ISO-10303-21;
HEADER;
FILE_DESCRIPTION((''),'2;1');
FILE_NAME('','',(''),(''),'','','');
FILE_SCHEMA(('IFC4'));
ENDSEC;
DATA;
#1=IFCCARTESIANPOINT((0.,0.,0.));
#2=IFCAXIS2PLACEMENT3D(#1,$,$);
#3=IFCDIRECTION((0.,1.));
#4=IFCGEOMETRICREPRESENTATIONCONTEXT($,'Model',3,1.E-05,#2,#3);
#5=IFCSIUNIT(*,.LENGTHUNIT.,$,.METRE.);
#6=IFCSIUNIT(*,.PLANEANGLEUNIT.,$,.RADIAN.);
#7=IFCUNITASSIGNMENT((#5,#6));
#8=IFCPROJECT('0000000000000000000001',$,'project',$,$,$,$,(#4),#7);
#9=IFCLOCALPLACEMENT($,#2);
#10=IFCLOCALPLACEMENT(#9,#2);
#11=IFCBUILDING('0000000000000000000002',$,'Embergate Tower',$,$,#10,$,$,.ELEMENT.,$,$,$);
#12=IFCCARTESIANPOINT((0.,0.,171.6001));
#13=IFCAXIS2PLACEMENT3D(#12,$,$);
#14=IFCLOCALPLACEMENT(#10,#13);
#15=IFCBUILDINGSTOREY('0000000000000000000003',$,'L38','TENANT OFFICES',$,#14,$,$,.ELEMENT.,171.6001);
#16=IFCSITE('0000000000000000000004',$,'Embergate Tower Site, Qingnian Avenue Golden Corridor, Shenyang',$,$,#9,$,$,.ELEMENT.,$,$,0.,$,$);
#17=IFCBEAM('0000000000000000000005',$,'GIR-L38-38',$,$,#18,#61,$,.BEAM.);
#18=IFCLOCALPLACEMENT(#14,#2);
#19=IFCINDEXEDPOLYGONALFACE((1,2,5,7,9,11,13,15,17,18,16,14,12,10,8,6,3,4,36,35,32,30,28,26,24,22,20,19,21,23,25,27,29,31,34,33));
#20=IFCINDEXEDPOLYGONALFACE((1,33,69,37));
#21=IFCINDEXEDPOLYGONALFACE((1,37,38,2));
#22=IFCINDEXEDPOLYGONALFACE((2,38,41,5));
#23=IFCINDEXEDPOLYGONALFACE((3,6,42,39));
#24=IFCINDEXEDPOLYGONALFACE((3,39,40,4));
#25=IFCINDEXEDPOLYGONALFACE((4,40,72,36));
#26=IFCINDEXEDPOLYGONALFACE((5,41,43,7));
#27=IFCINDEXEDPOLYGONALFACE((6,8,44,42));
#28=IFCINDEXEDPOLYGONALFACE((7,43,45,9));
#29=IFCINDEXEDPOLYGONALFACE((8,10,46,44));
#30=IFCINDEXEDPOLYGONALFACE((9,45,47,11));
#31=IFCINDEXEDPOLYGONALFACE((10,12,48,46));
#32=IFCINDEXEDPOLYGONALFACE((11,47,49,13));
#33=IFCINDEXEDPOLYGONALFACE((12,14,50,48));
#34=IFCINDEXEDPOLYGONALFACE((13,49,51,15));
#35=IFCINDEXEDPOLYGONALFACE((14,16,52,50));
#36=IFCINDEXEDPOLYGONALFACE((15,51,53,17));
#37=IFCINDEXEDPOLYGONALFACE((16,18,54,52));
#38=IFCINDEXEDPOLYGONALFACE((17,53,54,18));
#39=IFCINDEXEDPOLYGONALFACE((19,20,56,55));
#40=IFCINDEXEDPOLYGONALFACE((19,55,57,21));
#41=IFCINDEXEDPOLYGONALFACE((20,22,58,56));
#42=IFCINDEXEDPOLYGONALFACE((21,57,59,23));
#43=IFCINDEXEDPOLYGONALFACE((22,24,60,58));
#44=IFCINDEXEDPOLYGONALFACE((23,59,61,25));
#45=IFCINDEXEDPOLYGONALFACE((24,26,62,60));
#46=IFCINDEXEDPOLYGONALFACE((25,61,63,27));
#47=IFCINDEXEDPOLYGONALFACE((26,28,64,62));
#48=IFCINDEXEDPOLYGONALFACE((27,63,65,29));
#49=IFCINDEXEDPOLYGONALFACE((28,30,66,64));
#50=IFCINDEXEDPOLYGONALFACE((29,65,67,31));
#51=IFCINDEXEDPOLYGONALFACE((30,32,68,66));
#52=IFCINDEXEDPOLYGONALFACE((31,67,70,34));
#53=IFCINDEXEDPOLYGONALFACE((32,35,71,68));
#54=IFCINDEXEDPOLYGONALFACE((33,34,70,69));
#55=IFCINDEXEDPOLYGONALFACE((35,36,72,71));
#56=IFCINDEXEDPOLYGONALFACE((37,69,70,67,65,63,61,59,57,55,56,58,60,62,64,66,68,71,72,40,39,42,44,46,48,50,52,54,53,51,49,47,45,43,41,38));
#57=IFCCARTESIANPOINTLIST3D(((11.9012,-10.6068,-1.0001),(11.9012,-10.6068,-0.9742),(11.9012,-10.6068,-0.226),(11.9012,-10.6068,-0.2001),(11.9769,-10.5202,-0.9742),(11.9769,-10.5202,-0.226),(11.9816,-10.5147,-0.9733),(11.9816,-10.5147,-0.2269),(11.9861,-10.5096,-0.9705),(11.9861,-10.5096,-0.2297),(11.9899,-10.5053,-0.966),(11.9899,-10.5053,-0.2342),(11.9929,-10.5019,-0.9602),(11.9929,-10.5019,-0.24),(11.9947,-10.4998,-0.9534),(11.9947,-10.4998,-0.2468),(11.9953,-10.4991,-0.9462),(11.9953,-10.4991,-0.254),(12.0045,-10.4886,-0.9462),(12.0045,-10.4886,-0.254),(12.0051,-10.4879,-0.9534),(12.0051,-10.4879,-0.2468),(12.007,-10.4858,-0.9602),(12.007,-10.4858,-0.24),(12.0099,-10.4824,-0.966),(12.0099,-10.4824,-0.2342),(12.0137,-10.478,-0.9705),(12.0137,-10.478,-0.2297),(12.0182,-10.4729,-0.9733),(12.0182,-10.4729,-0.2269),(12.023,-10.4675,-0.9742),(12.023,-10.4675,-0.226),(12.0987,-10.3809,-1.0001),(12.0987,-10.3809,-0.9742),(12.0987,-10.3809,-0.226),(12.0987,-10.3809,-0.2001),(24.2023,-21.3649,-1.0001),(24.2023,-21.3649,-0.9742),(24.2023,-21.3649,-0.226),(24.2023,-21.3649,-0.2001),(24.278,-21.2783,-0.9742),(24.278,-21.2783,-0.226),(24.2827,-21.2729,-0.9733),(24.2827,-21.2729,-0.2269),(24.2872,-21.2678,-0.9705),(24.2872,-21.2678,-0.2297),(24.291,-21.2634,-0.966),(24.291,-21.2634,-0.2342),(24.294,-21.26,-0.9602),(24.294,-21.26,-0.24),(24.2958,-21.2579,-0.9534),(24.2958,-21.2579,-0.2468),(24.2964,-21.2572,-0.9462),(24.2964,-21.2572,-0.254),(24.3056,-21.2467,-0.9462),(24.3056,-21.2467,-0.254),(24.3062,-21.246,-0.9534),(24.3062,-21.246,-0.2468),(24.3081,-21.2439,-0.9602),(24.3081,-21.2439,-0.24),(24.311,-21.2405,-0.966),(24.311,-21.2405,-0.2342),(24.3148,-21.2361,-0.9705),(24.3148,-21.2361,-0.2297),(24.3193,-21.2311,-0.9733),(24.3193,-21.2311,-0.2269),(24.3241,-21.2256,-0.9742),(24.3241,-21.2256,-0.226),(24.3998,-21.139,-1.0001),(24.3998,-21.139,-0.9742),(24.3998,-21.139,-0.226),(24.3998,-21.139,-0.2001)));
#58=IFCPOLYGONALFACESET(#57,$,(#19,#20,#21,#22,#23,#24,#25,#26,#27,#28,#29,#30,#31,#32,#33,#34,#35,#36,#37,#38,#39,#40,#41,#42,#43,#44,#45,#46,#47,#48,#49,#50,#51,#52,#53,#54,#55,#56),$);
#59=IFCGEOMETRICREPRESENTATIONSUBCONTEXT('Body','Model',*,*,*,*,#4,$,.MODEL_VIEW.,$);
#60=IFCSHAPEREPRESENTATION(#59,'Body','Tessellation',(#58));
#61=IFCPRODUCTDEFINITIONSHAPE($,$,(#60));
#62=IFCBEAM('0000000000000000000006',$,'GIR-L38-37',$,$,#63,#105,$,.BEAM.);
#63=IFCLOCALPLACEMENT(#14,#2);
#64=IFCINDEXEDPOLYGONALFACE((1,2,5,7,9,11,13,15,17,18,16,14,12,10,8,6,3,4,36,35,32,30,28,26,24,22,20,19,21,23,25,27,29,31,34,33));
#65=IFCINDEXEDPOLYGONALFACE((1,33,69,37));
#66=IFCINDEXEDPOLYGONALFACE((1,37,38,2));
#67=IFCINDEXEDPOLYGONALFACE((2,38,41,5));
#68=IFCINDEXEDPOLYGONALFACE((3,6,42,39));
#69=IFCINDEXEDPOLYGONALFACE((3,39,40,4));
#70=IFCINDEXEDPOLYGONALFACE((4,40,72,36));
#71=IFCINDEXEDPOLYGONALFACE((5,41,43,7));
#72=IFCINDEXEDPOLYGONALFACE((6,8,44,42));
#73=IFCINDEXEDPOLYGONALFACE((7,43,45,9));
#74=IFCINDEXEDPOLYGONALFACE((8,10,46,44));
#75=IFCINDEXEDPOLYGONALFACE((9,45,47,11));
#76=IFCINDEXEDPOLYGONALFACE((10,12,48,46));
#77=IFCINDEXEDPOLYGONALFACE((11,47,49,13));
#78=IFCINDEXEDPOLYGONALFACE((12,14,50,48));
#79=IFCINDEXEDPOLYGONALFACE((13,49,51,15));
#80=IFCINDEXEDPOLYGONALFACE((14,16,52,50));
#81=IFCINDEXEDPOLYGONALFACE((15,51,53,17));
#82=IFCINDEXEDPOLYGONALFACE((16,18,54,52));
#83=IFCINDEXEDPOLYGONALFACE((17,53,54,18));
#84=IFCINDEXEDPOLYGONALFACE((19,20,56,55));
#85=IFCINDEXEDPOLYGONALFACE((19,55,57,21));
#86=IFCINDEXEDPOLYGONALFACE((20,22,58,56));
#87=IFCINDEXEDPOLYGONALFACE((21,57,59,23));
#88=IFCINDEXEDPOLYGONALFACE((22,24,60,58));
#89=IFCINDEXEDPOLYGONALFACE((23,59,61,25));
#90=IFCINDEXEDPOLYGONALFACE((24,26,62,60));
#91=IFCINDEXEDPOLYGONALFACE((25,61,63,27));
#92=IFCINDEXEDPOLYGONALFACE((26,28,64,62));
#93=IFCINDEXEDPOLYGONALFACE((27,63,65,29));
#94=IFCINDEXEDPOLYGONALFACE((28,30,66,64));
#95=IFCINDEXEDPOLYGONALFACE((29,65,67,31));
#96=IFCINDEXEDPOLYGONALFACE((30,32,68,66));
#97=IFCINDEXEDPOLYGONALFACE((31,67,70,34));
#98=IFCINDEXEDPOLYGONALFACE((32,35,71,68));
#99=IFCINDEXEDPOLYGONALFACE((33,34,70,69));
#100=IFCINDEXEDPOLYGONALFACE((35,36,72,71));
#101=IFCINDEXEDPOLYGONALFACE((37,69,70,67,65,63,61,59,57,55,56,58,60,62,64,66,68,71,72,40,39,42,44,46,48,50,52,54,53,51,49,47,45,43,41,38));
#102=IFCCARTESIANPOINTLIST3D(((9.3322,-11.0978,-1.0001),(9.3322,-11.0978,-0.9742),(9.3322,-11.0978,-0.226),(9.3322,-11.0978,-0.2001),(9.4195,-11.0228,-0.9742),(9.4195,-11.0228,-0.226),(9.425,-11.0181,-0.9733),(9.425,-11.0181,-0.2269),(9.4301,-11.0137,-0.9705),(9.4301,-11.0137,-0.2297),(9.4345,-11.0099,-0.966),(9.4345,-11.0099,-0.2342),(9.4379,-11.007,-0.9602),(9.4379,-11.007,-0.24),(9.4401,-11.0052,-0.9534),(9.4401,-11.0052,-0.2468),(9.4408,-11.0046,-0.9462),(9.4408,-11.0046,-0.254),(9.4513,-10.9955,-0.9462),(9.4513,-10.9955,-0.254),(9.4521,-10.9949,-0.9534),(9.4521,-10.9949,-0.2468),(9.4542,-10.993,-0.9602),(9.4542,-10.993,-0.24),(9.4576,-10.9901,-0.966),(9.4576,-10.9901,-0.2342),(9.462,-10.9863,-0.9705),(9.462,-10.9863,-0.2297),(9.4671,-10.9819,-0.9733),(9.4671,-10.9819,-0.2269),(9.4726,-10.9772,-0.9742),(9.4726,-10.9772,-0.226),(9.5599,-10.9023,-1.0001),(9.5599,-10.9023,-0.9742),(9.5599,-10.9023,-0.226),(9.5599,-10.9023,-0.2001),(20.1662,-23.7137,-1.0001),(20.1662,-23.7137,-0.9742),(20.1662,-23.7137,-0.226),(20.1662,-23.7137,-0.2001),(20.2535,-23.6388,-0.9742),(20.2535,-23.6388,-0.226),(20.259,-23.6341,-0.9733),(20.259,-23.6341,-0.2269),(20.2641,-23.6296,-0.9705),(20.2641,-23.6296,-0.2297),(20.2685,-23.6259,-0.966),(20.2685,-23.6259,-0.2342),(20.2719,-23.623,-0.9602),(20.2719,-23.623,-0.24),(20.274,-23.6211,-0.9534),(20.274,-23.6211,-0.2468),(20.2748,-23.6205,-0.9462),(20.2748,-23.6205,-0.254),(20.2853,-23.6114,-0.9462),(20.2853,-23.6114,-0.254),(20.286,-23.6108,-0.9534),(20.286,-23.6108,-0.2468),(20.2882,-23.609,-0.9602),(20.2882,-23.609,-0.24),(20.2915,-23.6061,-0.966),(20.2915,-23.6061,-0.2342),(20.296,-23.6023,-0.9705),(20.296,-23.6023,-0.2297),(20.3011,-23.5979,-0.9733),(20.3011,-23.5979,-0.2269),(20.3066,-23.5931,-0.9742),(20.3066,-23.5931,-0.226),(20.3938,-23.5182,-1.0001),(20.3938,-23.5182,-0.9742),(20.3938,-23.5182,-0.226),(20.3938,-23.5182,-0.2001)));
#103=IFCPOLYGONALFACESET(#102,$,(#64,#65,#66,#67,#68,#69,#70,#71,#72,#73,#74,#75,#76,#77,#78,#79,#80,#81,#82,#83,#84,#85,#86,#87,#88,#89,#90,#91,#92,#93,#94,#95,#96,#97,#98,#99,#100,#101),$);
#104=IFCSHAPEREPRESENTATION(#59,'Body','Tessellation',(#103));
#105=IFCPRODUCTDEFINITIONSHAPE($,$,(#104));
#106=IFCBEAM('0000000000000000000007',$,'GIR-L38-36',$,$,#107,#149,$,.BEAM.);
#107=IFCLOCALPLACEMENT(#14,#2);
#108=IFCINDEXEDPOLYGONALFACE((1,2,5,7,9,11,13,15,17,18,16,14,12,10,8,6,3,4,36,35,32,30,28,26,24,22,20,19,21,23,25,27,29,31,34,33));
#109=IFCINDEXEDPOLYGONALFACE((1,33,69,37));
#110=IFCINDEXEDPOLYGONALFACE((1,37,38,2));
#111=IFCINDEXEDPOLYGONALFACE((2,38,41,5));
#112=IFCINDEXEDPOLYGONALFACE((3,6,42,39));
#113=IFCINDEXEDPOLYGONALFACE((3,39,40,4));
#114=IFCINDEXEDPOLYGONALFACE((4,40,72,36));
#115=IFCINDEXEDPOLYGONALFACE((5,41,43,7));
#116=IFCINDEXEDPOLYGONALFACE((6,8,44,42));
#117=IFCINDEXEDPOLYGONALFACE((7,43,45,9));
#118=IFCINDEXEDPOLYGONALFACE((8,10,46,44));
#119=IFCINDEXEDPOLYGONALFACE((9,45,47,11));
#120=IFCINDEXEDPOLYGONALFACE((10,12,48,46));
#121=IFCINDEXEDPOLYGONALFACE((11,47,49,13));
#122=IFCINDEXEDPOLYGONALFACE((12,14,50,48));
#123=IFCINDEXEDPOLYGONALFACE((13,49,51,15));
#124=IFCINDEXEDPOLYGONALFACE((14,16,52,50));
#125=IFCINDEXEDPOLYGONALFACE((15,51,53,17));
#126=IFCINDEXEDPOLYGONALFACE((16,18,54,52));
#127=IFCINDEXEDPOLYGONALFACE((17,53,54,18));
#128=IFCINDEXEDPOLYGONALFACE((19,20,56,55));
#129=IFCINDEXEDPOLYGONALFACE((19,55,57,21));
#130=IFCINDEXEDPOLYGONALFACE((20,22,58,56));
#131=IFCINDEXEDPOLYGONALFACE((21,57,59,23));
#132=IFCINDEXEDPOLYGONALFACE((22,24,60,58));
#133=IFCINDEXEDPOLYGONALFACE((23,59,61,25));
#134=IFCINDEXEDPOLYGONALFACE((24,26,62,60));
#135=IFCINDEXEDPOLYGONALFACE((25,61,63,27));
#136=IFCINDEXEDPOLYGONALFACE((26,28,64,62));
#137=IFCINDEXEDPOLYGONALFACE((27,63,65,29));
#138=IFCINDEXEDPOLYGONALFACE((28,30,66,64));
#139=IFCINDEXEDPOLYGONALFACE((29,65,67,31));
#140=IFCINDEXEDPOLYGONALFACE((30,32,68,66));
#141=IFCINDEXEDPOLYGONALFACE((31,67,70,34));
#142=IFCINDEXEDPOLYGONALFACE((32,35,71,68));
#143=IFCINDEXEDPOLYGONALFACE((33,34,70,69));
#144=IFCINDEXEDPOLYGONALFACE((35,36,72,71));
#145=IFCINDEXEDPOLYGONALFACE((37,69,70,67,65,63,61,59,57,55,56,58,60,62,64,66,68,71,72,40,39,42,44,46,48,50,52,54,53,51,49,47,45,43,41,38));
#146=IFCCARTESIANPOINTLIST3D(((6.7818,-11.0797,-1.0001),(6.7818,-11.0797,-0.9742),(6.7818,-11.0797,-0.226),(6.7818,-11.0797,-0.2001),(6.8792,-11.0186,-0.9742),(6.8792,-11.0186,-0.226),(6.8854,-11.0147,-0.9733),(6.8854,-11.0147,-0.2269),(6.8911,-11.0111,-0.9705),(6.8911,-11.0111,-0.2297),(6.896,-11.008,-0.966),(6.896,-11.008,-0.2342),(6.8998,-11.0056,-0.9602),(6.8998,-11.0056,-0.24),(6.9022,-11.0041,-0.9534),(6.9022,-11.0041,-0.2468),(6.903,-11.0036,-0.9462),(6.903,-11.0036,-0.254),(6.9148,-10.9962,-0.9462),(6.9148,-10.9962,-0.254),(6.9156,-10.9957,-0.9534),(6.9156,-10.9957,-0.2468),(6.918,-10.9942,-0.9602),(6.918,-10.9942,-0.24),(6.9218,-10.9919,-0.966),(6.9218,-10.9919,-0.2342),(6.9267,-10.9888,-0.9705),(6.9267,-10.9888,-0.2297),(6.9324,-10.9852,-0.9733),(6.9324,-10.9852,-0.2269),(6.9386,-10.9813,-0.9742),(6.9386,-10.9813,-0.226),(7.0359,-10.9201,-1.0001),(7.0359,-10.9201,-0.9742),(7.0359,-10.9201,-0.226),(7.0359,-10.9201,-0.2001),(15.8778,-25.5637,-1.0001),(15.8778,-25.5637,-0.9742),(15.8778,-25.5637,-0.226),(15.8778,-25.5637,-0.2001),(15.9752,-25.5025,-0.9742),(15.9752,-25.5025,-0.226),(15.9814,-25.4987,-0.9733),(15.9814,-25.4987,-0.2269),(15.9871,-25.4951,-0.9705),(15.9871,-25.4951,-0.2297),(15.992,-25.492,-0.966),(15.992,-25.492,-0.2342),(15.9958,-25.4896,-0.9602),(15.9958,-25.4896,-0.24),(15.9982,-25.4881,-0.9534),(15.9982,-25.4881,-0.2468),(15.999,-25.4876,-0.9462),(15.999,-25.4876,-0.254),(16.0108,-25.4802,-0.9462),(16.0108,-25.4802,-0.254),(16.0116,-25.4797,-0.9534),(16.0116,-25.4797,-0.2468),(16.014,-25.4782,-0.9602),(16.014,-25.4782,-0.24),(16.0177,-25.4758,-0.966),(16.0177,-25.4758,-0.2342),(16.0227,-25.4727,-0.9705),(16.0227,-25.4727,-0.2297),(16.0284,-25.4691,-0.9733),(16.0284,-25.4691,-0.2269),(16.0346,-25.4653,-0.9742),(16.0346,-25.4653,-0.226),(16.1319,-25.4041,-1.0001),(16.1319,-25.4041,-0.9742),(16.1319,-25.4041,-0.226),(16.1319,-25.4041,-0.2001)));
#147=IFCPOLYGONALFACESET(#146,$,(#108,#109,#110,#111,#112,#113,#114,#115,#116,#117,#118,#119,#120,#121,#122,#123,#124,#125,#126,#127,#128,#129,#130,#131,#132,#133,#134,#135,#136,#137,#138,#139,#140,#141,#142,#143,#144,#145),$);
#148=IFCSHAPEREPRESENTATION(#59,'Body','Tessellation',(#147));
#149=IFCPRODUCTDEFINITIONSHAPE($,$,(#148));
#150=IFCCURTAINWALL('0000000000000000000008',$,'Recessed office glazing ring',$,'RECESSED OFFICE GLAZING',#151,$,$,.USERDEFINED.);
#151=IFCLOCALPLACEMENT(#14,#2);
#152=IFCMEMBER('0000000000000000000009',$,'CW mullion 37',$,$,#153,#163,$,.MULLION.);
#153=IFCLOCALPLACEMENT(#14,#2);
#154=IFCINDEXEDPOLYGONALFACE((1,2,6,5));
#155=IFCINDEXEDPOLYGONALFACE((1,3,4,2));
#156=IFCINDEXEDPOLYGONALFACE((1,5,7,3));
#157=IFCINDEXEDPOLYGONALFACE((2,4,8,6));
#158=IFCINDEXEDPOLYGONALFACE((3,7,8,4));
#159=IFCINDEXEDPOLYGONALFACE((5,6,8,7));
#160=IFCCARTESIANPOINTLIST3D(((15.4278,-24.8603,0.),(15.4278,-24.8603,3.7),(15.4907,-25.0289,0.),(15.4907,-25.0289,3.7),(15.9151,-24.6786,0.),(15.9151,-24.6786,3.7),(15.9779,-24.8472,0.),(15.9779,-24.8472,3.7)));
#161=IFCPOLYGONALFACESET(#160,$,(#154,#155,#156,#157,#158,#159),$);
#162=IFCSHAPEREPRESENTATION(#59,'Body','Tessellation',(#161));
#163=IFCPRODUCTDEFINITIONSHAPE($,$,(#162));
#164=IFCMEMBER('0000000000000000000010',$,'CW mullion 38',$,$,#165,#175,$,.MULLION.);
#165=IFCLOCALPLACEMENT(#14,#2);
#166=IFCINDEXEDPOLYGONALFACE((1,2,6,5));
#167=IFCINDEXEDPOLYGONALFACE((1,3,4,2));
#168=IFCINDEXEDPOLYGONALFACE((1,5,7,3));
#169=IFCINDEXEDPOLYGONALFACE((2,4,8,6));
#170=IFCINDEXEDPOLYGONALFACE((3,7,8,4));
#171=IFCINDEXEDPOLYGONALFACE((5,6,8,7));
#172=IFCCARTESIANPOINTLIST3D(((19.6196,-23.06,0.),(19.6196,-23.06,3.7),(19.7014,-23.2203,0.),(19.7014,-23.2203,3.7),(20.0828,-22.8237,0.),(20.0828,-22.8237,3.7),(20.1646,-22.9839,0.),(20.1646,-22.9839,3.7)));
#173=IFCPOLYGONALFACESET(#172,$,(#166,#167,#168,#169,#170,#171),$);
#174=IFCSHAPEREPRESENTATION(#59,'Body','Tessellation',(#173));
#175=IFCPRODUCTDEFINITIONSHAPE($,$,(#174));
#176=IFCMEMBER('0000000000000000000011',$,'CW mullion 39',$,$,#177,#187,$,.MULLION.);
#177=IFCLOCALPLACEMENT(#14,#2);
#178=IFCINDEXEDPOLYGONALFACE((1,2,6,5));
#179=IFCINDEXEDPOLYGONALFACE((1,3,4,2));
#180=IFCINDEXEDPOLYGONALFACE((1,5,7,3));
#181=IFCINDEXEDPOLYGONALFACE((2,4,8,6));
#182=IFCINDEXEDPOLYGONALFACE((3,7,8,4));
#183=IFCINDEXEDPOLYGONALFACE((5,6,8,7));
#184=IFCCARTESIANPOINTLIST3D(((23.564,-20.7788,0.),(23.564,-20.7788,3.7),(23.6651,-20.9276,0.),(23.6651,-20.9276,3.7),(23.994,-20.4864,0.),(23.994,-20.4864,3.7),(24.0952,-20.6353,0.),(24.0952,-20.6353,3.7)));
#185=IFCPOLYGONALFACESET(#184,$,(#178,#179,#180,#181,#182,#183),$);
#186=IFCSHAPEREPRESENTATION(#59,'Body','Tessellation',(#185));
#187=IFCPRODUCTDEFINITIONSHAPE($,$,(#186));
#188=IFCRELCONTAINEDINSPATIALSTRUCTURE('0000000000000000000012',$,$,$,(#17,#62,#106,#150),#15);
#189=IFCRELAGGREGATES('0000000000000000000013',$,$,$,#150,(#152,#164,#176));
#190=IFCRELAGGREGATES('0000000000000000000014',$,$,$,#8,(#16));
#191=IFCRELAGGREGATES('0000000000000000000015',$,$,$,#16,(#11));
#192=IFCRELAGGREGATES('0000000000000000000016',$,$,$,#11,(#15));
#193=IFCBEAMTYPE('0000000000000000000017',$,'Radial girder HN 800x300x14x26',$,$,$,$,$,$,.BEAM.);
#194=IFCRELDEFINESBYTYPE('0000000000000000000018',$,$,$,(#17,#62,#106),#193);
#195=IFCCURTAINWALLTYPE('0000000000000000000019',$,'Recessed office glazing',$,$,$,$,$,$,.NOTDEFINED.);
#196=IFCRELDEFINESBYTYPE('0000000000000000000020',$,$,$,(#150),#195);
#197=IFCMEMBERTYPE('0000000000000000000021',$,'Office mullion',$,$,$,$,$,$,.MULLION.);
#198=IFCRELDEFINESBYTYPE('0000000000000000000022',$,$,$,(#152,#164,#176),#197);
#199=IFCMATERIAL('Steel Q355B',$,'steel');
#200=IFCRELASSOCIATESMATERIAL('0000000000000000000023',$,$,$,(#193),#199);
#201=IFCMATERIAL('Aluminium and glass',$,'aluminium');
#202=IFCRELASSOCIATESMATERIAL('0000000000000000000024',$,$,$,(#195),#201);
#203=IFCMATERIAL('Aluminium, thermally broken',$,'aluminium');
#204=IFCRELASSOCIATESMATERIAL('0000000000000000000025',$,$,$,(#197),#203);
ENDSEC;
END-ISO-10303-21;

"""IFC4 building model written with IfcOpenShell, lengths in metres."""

from ifc_helpers import new_model, si_unit, direction, frame, origin, origin_2d, place, context, subcontext, project, spatial, rectangle, i_section, extrude, source, transform, mapped, material, material_profile, profile_set, type_object, element, aggregate, save


model = new_model("IFC4")

# Units and contexts
model_context = context("Model", 3, precision=1e-05, world=origin(), true_north=direction((0.0, 1.0)))
body_context = subcontext(model_context, "Body", "Model", "MODEL_VIEW")
ifc_project = project(units=[si_unit("LENGTHUNIT", "METRE"), si_unit("PLANEANGLEUNIT", "RADIAN")], contexts=[model_context])

# Site, building, storey
site_placement = place(None, origin())
site = spatial("IfcSite", under=ifc_project, at=site_placement, Name="Embergate Tower Site, Qingnian Avenue Golden Corridor, Shenyang", CompositionType="ELEMENT", RefElevation=0.0)
building_placement = place(site_placement, origin())
building = spatial("IfcBuilding", under=site, at=building_placement, Name="Embergate Tower", CompositionType="ELEMENT")
storey_placement = place(building_placement, frame((0.0, 0.0, 171.6001)))
storey = spatial("IfcBuildingStorey", under=building, at=storey_placement, Name="L38", Description="TENANT OFFICES", CompositionType="ELEMENT", Elevation=171.6001)

# Beams
ifc_material_1 = material(Name="Steel Q355B", Category="steel")
ifc_material_profile_1 = material_profile(ifc_material_1, i_section(OverallWidth=0.3, OverallDepth=0.8, WebThickness=0.0139, FlangeThickness=0.0259, FilletRadius=0.0281, at=origin_2d()), Name="HN 800x300x14x26")
ifc_profile_set_1 = profile_set([ifc_material_profile_1], Name="Steel Q355 grade B")
beam_type_1 = type_object("IfcBeamType", Name="Radial girder HN 800x300x14x26", PredefinedType="BEAM", material=ifc_profile_set_1)
shared_shape_1 = source(origin(), body_context, "Body", "SweptSolid", [
    extrude(i_section(OverallWidth=0.3, OverallDepth=0.8, WebThickness=0.0139, FlangeThickness=0.0259, FilletRadius=0.0281, at=origin_2d()), origin(), (0.0, 0.0, 1.0), 16.3418),
])
beam_1_placement = place(storey_placement, frame((24.301, -21.252, -0.6001), z_axis=(-0.752739, 0.658319, 0.0), x_axis=(-0.658319, -0.752739, 0.0)))
element("IfcBeam", 1, at=beam_1_placement, inside=storey, type_object=beam_type_1, Name="GIR-L38-38", PredefinedType="BEAM", context=body_context, shape_type="MappedRepresentation", body=[
    mapped(shared_shape_1, transform((0.0, 0.0, 0.0))),
])
shared_shape_2 = source(origin(), body_context, "Body", "SweptSolid", [
    extrude(i_section(OverallWidth=0.3, OverallDepth=0.8, WebThickness=0.0139, FlangeThickness=0.0259, FilletRadius=0.0281, at=origin_2d()), origin(), (0.0, 0.0, 1.0), 16.6294),
])
beam_2_placement = place(storey_placement, frame((20.28, -23.616, -0.6001), z_axis=(-0.651495, 0.758653, 0.0), x_axis=(-0.758653, -0.651495, 0.0)))
element("IfcBeam", 2, at=beam_2_placement, inside=storey, type_object=beam_type_1, Name="GIR-L38-37", PredefinedType="BEAM", context=body_context, shape_type="MappedRepresentation", body=[
    mapped(shared_shape_2, transform((0.0, 0.0, 0.0))),
])
shared_shape_3 = source(origin(), body_context, "Body", "SweptSolid", [
    extrude(i_section(OverallWidth=0.3, OverallDepth=0.8, WebThickness=0.0139, FlangeThickness=0.0259, FilletRadius=0.0281, at=origin_2d()), origin(), (0.0, 0.0, 1.0), 17.1033),
])
beam_3_placement = place(storey_placement, frame((16.0049, -25.4839, -0.6001), z_axis=(-0.531827, 0.846853, 0.0), x_axis=(-0.846853, -0.531827, 0.0)))
element("IfcBeam", 3, at=beam_3_placement, inside=storey, type_object=beam_type_1, Name="GIR-L38-36", PredefinedType="BEAM", context=body_context, shape_type="MappedRepresentation", body=[
    mapped(shared_shape_3, transform((0.0, 0.0, 0.0))),
])

# Curtain wall, members
ifc_material_2 = material(Name="Aluminium and glass", Category="aluminium")
curtain_wall_type = type_object("IfcCurtainWallType", Name="Recessed office glazing", PredefinedType="NOTDEFINED", material=ifc_material_2)
curtain_wall_placement = place(storey_placement, origin())
curtain_wall = element("IfcCurtainWall", 4, at=curtain_wall_placement, inside=storey, type_object=curtain_wall_type, Name="Recessed office glazing ring", ObjectType="RECESSED OFFICE GLAZING", PredefinedType="USERDEFINED")
ifc_material_3 = material(Name="Aluminium, thermally broken", Category="aluminium")
ifc_material_profile_2 = material_profile(ifc_material_3, rectangle(XDim=0.1799, YDim=0.52, at=origin_2d()), Name="AL 520x180")
ifc_profile_set_2 = profile_set([ifc_material_profile_2], Name="Aluminium, thermally broken")
member_type_1 = type_object("IfcMemberType", Name="Office mullion", PredefinedType="MULLION", material=ifc_profile_set_2)
shared_shape_4 = source(origin(), body_context, "Body", "SweptSolid", [
    extrude(rectangle(XDim=0.1799, YDim=0.52, at=origin_2d()), origin(), (0.0, 0.0, 1.0), 3.7),
])
member_1_placement = place(storey_placement, frame((15.7029, -24.8538, 0.0), z_axis=(0.0, 0.0, 1.0), x_axis=(-0.349498, 0.936937, 0.0)))
member_1 = element("IfcMember", 5, at=member_1_placement, type_object=member_type_1, Name="CW mullion 37", PredefinedType="MULLION", context=body_context, shape_type="MappedRepresentation", body=[
    mapped(shared_shape_4, transform((0.0, 0.0, 0.0))),
])
member_2_placement = place(storey_placement, frame((19.8921, -23.022, 0.0), z_axis=(0.0, 0.0, 1.0), x_axis=(-0.454505, 0.890744, 0.0)))
member_2 = element("IfcMember", 6, at=member_2_placement, type_object=member_type_1, Name="CW mullion 38", PredefinedType="MULLION", context=body_context, shape_type="MappedRepresentation", body=[
    mapped(shared_shape_4, transform((0.0, 0.0, 0.0))),
])
member_3_placement = place(storey_placement, frame((23.8296, -20.707, 0.0), z_axis=(0.0, 0.0, 1.0), x_axis=(-0.56221, 0.826994, 0.0)))
member_3 = element("IfcMember", 7, at=member_3_placement, type_object=member_type_1, Name="CW mullion 39", PredefinedType="MULLION", context=body_context, shape_type="MappedRepresentation", body=[
    mapped(shared_shape_4, transform((0.0, 0.0, 0.0))),
])
aggregate(curtain_wall, [member_1, member_2, member_3])

save(model, "model.ifc")
